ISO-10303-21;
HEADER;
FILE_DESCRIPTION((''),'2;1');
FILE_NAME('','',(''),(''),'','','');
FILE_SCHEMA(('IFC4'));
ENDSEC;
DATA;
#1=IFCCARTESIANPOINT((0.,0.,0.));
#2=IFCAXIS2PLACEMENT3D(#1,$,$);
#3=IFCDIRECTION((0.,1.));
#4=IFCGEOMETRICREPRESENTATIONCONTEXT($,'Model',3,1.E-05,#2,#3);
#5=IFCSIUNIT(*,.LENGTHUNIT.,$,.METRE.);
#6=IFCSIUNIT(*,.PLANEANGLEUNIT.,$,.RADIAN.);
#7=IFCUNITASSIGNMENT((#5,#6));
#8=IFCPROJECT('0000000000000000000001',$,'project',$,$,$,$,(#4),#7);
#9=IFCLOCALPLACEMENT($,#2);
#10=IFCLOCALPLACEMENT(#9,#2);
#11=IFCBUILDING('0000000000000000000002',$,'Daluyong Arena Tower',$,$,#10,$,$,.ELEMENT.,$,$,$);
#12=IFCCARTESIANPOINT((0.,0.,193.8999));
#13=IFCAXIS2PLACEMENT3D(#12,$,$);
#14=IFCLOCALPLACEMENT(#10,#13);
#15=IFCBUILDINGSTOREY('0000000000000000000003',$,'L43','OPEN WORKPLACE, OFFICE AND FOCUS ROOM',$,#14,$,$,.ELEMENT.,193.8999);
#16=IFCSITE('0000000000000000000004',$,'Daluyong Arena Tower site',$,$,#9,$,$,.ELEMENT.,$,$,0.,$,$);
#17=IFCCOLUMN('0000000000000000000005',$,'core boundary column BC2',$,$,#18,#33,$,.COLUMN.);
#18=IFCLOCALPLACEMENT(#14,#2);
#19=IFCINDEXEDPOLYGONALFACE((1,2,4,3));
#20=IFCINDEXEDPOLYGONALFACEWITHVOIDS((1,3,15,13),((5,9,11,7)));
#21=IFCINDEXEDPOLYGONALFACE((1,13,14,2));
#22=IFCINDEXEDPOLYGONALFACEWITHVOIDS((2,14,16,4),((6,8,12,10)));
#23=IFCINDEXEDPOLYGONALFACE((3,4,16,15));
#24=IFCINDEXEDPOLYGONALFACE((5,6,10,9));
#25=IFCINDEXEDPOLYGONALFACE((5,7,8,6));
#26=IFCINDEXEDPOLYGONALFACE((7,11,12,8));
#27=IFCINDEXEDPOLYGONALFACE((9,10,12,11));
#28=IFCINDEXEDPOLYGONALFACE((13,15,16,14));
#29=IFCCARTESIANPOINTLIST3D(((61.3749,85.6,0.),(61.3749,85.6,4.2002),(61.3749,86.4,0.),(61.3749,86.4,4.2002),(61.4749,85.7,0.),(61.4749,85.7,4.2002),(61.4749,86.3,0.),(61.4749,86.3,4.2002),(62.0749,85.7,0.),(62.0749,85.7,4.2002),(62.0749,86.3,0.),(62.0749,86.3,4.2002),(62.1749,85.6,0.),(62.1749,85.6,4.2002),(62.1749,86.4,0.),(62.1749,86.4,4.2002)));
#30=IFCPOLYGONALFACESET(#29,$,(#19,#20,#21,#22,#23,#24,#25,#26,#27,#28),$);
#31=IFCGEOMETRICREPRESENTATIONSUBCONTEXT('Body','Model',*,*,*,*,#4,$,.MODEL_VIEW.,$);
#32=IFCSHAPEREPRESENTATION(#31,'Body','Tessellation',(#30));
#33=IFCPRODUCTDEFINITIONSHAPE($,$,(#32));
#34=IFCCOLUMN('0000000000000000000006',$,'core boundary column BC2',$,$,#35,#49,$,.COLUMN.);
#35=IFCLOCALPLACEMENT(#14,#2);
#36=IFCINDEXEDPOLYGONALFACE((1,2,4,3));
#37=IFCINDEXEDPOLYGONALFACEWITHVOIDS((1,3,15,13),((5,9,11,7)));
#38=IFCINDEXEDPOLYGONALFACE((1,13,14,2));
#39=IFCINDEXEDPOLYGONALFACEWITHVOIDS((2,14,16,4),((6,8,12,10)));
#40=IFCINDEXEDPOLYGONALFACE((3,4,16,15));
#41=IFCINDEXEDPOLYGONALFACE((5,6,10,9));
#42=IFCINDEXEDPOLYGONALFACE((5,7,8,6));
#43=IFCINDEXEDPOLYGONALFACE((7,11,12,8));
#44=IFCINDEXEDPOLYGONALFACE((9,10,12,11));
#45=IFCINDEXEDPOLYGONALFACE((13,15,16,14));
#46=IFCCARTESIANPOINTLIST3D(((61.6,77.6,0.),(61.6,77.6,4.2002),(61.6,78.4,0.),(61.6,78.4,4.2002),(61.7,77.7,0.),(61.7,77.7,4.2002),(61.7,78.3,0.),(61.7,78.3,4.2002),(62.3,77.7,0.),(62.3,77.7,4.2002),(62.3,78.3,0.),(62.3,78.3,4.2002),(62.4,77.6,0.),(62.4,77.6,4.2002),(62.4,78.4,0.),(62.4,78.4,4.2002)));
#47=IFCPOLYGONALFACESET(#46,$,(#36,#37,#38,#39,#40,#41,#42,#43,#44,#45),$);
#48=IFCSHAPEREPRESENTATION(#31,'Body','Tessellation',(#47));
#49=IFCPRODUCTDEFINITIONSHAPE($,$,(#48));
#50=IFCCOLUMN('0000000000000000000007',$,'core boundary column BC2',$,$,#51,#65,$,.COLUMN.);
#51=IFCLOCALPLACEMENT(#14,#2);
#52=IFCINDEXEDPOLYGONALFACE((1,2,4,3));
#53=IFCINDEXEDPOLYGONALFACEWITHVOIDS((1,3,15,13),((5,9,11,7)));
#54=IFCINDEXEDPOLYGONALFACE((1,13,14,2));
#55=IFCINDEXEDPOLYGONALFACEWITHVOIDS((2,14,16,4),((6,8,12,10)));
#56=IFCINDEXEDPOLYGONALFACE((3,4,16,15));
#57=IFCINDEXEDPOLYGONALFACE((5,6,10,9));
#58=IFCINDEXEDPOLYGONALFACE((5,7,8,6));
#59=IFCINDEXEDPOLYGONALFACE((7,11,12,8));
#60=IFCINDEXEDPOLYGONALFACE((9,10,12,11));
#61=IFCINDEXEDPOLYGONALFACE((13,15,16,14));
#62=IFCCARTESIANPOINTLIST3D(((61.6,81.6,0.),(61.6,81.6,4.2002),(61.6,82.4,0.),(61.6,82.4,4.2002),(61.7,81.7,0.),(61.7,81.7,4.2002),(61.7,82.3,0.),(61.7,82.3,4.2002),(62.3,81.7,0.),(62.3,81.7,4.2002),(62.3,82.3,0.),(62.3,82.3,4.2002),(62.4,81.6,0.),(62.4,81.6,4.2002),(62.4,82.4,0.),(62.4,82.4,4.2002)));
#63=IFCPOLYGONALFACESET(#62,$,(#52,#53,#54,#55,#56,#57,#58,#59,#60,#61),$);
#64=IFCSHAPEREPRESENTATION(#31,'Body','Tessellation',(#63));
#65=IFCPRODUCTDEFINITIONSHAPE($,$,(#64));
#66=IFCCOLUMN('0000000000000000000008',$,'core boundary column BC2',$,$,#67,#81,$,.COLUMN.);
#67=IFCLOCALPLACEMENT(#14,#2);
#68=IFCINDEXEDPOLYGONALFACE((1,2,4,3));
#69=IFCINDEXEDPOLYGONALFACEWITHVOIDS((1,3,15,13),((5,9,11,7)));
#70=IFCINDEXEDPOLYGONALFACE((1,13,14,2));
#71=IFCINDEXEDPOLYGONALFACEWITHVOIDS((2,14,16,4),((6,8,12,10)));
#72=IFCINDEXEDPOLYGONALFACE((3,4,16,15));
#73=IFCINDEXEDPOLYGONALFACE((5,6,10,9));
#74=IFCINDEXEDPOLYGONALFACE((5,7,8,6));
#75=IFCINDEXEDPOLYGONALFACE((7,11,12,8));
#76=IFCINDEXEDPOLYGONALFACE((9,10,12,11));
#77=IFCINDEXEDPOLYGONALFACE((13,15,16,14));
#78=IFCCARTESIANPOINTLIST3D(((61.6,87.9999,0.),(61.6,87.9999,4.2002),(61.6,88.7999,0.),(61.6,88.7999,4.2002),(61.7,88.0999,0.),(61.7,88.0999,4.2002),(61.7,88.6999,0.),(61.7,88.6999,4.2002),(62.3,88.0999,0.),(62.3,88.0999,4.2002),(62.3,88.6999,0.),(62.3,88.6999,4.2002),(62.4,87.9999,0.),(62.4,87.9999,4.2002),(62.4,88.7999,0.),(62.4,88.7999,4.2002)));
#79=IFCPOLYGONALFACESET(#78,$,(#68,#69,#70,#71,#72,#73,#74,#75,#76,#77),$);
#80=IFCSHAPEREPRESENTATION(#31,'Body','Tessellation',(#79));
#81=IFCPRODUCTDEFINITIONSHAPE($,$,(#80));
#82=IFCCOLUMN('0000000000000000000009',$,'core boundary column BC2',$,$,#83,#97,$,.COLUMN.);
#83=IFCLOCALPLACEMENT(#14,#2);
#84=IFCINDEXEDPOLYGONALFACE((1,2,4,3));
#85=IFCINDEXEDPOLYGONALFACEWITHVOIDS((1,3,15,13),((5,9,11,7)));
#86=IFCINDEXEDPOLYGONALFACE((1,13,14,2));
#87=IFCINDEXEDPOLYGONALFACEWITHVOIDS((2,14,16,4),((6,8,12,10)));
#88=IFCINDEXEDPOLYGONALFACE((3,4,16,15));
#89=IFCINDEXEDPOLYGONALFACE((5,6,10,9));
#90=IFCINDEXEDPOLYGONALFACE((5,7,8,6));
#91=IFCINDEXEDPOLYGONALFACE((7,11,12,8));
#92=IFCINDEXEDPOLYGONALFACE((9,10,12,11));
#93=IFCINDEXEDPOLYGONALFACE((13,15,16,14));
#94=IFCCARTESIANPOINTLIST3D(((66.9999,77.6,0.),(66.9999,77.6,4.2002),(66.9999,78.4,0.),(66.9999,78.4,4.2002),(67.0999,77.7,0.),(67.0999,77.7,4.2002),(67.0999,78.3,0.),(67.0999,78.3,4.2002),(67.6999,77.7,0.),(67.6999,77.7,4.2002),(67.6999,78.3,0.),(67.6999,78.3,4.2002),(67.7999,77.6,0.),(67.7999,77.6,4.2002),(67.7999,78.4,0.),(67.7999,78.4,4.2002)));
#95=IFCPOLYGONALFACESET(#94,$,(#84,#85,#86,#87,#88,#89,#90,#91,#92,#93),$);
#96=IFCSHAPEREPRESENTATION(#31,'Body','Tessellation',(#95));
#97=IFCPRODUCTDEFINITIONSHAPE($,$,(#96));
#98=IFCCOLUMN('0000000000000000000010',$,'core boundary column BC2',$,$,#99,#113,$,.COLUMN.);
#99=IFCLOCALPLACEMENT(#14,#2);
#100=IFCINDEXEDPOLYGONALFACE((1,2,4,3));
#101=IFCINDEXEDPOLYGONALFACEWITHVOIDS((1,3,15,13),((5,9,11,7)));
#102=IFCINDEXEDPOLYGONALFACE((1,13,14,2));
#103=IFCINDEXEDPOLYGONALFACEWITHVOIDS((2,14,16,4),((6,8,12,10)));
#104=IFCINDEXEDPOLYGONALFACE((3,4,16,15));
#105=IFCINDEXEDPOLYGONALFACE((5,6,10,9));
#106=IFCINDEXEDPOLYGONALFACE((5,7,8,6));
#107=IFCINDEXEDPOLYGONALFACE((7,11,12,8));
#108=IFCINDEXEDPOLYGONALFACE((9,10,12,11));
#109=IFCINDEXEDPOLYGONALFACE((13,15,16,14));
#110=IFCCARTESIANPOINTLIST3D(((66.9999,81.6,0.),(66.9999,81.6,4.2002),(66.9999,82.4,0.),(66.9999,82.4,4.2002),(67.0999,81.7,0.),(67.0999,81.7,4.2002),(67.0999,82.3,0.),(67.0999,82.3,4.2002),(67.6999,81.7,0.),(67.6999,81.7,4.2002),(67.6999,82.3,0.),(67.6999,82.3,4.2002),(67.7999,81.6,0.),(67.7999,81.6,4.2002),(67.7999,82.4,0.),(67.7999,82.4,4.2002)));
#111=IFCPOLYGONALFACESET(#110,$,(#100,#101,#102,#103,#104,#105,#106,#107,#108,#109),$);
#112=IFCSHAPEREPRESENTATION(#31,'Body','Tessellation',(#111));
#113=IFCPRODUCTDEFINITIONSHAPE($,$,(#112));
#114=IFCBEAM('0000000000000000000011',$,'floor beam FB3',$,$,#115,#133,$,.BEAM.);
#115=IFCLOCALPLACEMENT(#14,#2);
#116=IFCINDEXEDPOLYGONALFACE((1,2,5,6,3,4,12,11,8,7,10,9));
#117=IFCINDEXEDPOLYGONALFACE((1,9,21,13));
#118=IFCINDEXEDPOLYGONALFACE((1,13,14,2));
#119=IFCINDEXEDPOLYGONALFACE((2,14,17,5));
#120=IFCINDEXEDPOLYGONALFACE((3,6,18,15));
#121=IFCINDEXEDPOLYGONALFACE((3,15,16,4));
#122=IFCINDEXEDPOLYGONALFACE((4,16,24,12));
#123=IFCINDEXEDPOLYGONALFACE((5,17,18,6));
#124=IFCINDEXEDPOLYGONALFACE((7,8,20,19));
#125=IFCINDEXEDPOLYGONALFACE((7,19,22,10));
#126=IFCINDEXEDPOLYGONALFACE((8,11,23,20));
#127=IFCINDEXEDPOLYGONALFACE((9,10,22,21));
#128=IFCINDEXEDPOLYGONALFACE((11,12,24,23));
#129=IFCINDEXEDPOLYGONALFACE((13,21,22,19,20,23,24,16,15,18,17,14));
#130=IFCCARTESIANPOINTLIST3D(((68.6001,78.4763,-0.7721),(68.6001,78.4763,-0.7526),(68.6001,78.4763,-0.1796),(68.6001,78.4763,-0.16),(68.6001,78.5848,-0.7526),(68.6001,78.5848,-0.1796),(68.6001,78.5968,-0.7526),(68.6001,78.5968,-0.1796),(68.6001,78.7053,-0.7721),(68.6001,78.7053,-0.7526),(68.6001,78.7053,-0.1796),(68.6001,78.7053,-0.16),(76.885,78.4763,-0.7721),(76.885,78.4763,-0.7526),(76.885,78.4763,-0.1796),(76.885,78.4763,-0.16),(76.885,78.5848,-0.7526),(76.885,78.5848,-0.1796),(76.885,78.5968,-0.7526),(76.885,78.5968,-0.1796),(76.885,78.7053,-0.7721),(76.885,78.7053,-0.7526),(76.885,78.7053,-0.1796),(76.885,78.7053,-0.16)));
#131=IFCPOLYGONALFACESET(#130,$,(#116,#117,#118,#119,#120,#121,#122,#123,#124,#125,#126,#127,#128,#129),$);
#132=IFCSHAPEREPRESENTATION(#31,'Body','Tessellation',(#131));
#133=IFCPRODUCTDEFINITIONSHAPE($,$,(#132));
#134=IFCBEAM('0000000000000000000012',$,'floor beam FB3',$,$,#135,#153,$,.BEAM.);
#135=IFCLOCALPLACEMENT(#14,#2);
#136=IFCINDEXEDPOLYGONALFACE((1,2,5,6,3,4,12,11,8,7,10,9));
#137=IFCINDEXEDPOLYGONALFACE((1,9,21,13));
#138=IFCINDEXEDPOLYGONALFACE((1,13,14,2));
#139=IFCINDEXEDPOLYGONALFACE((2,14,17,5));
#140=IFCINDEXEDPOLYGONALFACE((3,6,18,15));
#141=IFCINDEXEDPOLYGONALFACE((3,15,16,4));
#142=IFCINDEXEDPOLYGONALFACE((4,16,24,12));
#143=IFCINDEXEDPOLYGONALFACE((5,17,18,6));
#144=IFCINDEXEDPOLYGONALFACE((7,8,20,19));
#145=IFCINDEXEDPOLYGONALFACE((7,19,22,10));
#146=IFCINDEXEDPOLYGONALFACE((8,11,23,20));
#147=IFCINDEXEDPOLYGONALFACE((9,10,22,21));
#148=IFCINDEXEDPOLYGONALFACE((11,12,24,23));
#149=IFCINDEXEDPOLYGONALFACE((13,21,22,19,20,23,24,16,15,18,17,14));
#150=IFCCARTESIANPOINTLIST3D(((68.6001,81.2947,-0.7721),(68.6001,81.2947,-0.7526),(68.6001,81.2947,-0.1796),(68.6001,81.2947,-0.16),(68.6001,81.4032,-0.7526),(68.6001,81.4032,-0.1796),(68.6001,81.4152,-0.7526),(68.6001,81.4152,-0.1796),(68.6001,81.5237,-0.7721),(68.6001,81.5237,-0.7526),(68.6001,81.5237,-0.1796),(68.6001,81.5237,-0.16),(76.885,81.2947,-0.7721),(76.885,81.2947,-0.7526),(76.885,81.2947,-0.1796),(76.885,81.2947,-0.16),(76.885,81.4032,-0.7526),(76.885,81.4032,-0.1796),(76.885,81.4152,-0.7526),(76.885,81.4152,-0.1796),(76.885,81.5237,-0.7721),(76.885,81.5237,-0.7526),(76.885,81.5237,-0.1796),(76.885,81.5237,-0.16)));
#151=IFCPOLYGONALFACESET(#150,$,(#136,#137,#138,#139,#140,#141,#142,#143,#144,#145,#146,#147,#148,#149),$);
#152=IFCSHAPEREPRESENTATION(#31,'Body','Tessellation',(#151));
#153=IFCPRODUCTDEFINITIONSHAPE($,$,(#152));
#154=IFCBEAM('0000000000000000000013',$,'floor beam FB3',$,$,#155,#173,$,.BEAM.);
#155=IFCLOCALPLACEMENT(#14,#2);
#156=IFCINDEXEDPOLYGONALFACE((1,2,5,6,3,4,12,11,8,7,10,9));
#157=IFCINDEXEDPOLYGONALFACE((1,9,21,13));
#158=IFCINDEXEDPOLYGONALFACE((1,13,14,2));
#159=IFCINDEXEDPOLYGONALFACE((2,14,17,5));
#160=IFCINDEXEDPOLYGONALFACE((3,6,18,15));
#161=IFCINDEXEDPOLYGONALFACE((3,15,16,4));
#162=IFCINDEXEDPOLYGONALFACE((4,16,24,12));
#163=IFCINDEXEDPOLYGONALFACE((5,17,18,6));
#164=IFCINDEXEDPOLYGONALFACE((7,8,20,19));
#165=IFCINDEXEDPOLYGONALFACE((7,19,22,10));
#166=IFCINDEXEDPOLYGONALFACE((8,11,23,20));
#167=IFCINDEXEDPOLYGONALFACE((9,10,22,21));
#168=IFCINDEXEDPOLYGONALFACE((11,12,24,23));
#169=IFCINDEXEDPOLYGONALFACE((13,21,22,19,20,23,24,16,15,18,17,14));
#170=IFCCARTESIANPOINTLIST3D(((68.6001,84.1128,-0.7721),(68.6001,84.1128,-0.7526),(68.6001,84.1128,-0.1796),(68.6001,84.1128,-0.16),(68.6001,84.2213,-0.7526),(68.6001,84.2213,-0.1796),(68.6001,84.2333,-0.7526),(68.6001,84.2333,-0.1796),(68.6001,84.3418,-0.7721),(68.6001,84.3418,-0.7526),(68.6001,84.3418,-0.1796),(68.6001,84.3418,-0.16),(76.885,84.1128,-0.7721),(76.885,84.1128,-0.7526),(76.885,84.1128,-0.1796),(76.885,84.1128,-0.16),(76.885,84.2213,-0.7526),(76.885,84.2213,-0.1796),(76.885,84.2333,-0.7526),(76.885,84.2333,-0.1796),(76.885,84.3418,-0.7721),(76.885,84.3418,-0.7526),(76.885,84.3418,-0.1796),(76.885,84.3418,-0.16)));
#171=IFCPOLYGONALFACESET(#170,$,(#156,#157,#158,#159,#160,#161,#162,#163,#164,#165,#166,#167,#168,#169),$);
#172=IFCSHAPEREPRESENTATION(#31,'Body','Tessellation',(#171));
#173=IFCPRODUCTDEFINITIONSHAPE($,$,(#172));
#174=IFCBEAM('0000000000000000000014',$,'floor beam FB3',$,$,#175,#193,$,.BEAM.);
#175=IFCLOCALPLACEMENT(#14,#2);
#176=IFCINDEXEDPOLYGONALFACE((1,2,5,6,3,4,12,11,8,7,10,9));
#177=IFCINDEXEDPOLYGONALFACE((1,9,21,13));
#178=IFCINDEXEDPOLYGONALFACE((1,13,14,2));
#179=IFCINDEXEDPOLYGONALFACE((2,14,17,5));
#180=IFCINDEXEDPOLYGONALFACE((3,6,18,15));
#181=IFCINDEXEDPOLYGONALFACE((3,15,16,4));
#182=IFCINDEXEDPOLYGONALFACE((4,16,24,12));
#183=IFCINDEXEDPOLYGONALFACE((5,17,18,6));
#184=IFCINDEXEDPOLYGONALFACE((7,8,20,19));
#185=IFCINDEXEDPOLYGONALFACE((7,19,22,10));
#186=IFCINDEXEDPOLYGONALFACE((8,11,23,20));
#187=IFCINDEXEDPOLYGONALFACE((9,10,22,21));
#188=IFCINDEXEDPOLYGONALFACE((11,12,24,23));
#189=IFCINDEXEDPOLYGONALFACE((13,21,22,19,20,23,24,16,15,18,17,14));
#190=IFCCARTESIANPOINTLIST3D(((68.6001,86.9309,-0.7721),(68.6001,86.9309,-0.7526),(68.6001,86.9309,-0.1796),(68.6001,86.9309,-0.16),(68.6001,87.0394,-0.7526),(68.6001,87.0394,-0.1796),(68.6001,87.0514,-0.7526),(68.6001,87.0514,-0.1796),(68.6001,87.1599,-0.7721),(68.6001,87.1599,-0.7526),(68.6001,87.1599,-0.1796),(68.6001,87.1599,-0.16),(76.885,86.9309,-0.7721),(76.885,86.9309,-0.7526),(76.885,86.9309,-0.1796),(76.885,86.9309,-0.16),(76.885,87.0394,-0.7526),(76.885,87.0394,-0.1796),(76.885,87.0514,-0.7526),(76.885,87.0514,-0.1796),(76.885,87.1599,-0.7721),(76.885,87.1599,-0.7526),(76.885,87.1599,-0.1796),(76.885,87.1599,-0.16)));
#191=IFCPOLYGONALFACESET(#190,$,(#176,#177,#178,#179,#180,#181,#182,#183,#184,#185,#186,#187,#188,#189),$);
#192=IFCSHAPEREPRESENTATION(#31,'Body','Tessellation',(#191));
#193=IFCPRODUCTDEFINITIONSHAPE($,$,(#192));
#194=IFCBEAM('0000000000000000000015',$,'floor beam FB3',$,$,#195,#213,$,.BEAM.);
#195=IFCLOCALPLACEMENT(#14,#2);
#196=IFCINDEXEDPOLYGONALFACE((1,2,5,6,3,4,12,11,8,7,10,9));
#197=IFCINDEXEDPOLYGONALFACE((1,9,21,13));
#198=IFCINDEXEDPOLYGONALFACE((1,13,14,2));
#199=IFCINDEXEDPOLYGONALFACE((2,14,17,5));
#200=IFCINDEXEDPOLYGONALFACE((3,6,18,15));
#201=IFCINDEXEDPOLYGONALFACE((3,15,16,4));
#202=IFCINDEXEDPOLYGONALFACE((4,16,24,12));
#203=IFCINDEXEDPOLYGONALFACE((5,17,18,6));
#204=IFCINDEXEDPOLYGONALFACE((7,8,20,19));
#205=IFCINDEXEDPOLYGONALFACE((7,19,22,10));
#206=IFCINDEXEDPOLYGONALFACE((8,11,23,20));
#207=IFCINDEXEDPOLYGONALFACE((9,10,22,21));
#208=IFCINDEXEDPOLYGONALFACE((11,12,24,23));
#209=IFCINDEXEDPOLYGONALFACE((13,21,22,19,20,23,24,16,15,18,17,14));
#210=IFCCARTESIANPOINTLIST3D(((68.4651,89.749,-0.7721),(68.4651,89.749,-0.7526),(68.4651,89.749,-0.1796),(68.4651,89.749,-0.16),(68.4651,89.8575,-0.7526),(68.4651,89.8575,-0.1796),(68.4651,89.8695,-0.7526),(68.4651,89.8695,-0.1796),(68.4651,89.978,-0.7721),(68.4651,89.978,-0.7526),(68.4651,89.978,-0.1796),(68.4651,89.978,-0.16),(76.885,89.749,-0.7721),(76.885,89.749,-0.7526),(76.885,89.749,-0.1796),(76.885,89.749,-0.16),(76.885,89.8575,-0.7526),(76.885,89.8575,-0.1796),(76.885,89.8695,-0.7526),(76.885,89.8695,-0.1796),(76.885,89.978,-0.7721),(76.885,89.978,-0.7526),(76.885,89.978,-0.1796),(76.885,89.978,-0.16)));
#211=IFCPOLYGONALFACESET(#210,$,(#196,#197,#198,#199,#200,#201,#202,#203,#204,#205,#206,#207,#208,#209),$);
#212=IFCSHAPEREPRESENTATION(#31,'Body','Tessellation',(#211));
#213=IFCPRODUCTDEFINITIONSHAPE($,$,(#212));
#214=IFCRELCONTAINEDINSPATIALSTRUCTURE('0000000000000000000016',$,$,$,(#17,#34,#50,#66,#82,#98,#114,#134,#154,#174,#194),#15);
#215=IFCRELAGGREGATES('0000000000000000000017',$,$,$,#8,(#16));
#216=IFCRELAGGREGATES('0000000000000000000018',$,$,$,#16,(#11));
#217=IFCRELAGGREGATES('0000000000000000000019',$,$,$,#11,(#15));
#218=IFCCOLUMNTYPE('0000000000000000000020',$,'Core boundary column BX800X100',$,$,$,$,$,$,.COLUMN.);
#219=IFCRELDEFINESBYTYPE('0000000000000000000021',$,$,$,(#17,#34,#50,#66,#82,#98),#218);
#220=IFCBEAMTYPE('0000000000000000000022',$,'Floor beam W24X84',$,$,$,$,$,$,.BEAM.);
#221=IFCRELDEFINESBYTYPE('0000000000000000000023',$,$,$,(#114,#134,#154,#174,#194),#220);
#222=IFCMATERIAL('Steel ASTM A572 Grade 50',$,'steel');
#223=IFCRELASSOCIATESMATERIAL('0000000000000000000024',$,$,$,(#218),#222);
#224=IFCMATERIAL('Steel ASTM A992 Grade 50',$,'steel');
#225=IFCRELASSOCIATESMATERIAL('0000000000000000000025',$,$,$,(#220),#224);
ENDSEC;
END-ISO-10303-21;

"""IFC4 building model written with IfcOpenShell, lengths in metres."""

from ifc_helpers import new_model, si_unit, direction, frame, origin, origin_2d, place, context, subcontext, project, spatial, hollow_rectangle, i_section, extrude, material, material_profile, profile_set, type_object, element, save


model = new_model("IFC4")

# Units and contexts
model_context = context("Model", 3, precision=1e-05, world=origin(), true_north=direction((0.0, 1.0)))
body_context = subcontext(model_context, "Body", "Model", "MODEL_VIEW")
ifc_project = project(units=[si_unit("LENGTHUNIT", "METRE"), si_unit("PLANEANGLEUNIT", "RADIAN")], contexts=[model_context])

# Site, building, storey
site_placement = place(None, origin())
site = spatial("IfcSite", under=ifc_project, at=site_placement, Name="Daluyong Arena Tower site", CompositionType="ELEMENT", RefElevation=0.0)
building_placement = place(site_placement, origin())
building = spatial("IfcBuilding", under=site, at=building_placement, Name="Daluyong Arena Tower", CompositionType="ELEMENT")
storey_placement = place(building_placement, frame((0.0, 0.0, 193.8999)))
storey = spatial("IfcBuildingStorey", under=building, at=storey_placement, Name="L43", Description="OPEN WORKPLACE, OFFICE AND FOCUS ROOM", CompositionType="ELEMENT", Elevation=193.8999)

# Columns
ifc_material_1 = material(Name="Steel ASTM A572 Grade 50", Category="steel")
ifc_material_profile_1 = material_profile(ifc_material_1, hollow_rectangle(XDim=0.8, YDim=0.8, WallThickness=0.1, at=origin_2d()))
ifc_profile_set_1 = profile_set([ifc_material_profile_1], Name="Steel ASTM A572 Grade 50")
column_type = type_object("IfcColumnType", Name="Core boundary column BX800X100", PredefinedType="COLUMN", material=ifc_profile_set_1)
for number, where, z_axis, x_axis, name in (
    (1, (61.7749, 86.0, 0.0), (0.0, 0.0, 1.0), (1.0, 0.0, 0.0), "core boundary column BC2"),
    (2, (62.0, 78.0, 0.0), (0.0, 0.0, 1.0), (1.0, 0.0, 0.0), "core boundary column BC2"),
    (3, (62.0, 82.0, 0.0), (0.0, 0.0, 1.0), (1.0, 0.0, 0.0), "core boundary column BC2"),
    (4, (62.0, 88.3999, 0.0), (0.0, 0.0, 1.0), (1.0, 0.0, 0.0), "core boundary column BC2"),
    (5, (67.3999, 78.0, 0.0), (0.0, 0.0, 1.0), (1.0, 0.0, 0.0), "core boundary column BC2"),
    (6, (67.3999, 82.0, 0.0), (0.0, 0.0, 1.0), (1.0, 0.0, 0.0), "core boundary column BC2"),
):
    element("IfcColumn", number, at=place(storey_placement, frame(where, z_axis=z_axis, x_axis=x_axis)), inside=storey, type_object=column_type, Name=name, PredefinedType="COLUMN", context=body_context, shape_type="SweptSolid", body=[
        extrude(hollow_rectangle(XDim=0.8, YDim=0.8, WallThickness=0.1, at=origin_2d()), origin(), (0.0, 0.0, 1.0), 4.2002),
    ])

# Beams
ifc_material_2 = material(Name="Steel ASTM A992 Grade 50", Category="steel")
ifc_material_profile_2 = material_profile(ifc_material_2, i_section(OverallWidth=0.229, OverallDepth=0.6121, WebThickness=0.012, FlangeThickness=0.0195, at=origin_2d()))
ifc_profile_set_2 = profile_set([ifc_material_profile_2], Name="Steel ASTM A992 Grade 50")
beam_type_1 = type_object("IfcBeamType", Name="Floor beam W24X84", PredefinedType="BEAM", material=ifc_profile_set_2)
for number, where, z_axis, x_axis, name in (
    (7, (76.885, 78.5908, -0.4661), (-1.0, 0.0, 0.0), (0.0, -1.0, 0.0), "floor beam FB3"),
    (8, (76.885, 81.4092, -0.4661), (-1.0, 0.0, 0.0), (0.0, -1.0, 0.0), "floor beam FB3"),
    (9, (76.885, 84.2273, -0.4661), (-1.0, 0.0, 0.0), (0.0, -1.0, 0.0), "floor beam FB3"),
    (10, (76.885, 87.0454, -0.4661), (-1.0, 0.0, 0.0), (0.0, -1.0, 0.0), "floor beam FB3"),
):
    element("IfcBeam", number, at=place(storey_placement, frame(where, z_axis=z_axis, x_axis=x_axis)), inside=storey, type_object=beam_type_1, Name=name, PredefinedType="BEAM", context=body_context, shape_type="SweptSolid", body=[
        extrude(i_section(OverallWidth=0.229, OverallDepth=0.6121, WebThickness=0.012, FlangeThickness=0.0195, at=origin_2d()), origin(), (0.0, 0.0, 1.0), 8.2849),
    ])
beam_1_placement = place(storey_placement, frame((76.885, 89.8635, -0.4661), z_axis=(-1.0, 0.0, 0.0), x_axis=(0.0, -1.0, 0.0)))
element("IfcBeam", 11, at=beam_1_placement, inside=storey, type_object=beam_type_1, Name="floor beam FB3", PredefinedType="BEAM", context=body_context, shape_type="SweptSolid", body=[
    extrude(i_section(OverallWidth=0.229, OverallDepth=0.6121, WebThickness=0.012, FlangeThickness=0.0195, at=origin_2d()), origin(), (0.0, 0.0, 1.0), 8.4199),
])

save(model, "model.ifc")
